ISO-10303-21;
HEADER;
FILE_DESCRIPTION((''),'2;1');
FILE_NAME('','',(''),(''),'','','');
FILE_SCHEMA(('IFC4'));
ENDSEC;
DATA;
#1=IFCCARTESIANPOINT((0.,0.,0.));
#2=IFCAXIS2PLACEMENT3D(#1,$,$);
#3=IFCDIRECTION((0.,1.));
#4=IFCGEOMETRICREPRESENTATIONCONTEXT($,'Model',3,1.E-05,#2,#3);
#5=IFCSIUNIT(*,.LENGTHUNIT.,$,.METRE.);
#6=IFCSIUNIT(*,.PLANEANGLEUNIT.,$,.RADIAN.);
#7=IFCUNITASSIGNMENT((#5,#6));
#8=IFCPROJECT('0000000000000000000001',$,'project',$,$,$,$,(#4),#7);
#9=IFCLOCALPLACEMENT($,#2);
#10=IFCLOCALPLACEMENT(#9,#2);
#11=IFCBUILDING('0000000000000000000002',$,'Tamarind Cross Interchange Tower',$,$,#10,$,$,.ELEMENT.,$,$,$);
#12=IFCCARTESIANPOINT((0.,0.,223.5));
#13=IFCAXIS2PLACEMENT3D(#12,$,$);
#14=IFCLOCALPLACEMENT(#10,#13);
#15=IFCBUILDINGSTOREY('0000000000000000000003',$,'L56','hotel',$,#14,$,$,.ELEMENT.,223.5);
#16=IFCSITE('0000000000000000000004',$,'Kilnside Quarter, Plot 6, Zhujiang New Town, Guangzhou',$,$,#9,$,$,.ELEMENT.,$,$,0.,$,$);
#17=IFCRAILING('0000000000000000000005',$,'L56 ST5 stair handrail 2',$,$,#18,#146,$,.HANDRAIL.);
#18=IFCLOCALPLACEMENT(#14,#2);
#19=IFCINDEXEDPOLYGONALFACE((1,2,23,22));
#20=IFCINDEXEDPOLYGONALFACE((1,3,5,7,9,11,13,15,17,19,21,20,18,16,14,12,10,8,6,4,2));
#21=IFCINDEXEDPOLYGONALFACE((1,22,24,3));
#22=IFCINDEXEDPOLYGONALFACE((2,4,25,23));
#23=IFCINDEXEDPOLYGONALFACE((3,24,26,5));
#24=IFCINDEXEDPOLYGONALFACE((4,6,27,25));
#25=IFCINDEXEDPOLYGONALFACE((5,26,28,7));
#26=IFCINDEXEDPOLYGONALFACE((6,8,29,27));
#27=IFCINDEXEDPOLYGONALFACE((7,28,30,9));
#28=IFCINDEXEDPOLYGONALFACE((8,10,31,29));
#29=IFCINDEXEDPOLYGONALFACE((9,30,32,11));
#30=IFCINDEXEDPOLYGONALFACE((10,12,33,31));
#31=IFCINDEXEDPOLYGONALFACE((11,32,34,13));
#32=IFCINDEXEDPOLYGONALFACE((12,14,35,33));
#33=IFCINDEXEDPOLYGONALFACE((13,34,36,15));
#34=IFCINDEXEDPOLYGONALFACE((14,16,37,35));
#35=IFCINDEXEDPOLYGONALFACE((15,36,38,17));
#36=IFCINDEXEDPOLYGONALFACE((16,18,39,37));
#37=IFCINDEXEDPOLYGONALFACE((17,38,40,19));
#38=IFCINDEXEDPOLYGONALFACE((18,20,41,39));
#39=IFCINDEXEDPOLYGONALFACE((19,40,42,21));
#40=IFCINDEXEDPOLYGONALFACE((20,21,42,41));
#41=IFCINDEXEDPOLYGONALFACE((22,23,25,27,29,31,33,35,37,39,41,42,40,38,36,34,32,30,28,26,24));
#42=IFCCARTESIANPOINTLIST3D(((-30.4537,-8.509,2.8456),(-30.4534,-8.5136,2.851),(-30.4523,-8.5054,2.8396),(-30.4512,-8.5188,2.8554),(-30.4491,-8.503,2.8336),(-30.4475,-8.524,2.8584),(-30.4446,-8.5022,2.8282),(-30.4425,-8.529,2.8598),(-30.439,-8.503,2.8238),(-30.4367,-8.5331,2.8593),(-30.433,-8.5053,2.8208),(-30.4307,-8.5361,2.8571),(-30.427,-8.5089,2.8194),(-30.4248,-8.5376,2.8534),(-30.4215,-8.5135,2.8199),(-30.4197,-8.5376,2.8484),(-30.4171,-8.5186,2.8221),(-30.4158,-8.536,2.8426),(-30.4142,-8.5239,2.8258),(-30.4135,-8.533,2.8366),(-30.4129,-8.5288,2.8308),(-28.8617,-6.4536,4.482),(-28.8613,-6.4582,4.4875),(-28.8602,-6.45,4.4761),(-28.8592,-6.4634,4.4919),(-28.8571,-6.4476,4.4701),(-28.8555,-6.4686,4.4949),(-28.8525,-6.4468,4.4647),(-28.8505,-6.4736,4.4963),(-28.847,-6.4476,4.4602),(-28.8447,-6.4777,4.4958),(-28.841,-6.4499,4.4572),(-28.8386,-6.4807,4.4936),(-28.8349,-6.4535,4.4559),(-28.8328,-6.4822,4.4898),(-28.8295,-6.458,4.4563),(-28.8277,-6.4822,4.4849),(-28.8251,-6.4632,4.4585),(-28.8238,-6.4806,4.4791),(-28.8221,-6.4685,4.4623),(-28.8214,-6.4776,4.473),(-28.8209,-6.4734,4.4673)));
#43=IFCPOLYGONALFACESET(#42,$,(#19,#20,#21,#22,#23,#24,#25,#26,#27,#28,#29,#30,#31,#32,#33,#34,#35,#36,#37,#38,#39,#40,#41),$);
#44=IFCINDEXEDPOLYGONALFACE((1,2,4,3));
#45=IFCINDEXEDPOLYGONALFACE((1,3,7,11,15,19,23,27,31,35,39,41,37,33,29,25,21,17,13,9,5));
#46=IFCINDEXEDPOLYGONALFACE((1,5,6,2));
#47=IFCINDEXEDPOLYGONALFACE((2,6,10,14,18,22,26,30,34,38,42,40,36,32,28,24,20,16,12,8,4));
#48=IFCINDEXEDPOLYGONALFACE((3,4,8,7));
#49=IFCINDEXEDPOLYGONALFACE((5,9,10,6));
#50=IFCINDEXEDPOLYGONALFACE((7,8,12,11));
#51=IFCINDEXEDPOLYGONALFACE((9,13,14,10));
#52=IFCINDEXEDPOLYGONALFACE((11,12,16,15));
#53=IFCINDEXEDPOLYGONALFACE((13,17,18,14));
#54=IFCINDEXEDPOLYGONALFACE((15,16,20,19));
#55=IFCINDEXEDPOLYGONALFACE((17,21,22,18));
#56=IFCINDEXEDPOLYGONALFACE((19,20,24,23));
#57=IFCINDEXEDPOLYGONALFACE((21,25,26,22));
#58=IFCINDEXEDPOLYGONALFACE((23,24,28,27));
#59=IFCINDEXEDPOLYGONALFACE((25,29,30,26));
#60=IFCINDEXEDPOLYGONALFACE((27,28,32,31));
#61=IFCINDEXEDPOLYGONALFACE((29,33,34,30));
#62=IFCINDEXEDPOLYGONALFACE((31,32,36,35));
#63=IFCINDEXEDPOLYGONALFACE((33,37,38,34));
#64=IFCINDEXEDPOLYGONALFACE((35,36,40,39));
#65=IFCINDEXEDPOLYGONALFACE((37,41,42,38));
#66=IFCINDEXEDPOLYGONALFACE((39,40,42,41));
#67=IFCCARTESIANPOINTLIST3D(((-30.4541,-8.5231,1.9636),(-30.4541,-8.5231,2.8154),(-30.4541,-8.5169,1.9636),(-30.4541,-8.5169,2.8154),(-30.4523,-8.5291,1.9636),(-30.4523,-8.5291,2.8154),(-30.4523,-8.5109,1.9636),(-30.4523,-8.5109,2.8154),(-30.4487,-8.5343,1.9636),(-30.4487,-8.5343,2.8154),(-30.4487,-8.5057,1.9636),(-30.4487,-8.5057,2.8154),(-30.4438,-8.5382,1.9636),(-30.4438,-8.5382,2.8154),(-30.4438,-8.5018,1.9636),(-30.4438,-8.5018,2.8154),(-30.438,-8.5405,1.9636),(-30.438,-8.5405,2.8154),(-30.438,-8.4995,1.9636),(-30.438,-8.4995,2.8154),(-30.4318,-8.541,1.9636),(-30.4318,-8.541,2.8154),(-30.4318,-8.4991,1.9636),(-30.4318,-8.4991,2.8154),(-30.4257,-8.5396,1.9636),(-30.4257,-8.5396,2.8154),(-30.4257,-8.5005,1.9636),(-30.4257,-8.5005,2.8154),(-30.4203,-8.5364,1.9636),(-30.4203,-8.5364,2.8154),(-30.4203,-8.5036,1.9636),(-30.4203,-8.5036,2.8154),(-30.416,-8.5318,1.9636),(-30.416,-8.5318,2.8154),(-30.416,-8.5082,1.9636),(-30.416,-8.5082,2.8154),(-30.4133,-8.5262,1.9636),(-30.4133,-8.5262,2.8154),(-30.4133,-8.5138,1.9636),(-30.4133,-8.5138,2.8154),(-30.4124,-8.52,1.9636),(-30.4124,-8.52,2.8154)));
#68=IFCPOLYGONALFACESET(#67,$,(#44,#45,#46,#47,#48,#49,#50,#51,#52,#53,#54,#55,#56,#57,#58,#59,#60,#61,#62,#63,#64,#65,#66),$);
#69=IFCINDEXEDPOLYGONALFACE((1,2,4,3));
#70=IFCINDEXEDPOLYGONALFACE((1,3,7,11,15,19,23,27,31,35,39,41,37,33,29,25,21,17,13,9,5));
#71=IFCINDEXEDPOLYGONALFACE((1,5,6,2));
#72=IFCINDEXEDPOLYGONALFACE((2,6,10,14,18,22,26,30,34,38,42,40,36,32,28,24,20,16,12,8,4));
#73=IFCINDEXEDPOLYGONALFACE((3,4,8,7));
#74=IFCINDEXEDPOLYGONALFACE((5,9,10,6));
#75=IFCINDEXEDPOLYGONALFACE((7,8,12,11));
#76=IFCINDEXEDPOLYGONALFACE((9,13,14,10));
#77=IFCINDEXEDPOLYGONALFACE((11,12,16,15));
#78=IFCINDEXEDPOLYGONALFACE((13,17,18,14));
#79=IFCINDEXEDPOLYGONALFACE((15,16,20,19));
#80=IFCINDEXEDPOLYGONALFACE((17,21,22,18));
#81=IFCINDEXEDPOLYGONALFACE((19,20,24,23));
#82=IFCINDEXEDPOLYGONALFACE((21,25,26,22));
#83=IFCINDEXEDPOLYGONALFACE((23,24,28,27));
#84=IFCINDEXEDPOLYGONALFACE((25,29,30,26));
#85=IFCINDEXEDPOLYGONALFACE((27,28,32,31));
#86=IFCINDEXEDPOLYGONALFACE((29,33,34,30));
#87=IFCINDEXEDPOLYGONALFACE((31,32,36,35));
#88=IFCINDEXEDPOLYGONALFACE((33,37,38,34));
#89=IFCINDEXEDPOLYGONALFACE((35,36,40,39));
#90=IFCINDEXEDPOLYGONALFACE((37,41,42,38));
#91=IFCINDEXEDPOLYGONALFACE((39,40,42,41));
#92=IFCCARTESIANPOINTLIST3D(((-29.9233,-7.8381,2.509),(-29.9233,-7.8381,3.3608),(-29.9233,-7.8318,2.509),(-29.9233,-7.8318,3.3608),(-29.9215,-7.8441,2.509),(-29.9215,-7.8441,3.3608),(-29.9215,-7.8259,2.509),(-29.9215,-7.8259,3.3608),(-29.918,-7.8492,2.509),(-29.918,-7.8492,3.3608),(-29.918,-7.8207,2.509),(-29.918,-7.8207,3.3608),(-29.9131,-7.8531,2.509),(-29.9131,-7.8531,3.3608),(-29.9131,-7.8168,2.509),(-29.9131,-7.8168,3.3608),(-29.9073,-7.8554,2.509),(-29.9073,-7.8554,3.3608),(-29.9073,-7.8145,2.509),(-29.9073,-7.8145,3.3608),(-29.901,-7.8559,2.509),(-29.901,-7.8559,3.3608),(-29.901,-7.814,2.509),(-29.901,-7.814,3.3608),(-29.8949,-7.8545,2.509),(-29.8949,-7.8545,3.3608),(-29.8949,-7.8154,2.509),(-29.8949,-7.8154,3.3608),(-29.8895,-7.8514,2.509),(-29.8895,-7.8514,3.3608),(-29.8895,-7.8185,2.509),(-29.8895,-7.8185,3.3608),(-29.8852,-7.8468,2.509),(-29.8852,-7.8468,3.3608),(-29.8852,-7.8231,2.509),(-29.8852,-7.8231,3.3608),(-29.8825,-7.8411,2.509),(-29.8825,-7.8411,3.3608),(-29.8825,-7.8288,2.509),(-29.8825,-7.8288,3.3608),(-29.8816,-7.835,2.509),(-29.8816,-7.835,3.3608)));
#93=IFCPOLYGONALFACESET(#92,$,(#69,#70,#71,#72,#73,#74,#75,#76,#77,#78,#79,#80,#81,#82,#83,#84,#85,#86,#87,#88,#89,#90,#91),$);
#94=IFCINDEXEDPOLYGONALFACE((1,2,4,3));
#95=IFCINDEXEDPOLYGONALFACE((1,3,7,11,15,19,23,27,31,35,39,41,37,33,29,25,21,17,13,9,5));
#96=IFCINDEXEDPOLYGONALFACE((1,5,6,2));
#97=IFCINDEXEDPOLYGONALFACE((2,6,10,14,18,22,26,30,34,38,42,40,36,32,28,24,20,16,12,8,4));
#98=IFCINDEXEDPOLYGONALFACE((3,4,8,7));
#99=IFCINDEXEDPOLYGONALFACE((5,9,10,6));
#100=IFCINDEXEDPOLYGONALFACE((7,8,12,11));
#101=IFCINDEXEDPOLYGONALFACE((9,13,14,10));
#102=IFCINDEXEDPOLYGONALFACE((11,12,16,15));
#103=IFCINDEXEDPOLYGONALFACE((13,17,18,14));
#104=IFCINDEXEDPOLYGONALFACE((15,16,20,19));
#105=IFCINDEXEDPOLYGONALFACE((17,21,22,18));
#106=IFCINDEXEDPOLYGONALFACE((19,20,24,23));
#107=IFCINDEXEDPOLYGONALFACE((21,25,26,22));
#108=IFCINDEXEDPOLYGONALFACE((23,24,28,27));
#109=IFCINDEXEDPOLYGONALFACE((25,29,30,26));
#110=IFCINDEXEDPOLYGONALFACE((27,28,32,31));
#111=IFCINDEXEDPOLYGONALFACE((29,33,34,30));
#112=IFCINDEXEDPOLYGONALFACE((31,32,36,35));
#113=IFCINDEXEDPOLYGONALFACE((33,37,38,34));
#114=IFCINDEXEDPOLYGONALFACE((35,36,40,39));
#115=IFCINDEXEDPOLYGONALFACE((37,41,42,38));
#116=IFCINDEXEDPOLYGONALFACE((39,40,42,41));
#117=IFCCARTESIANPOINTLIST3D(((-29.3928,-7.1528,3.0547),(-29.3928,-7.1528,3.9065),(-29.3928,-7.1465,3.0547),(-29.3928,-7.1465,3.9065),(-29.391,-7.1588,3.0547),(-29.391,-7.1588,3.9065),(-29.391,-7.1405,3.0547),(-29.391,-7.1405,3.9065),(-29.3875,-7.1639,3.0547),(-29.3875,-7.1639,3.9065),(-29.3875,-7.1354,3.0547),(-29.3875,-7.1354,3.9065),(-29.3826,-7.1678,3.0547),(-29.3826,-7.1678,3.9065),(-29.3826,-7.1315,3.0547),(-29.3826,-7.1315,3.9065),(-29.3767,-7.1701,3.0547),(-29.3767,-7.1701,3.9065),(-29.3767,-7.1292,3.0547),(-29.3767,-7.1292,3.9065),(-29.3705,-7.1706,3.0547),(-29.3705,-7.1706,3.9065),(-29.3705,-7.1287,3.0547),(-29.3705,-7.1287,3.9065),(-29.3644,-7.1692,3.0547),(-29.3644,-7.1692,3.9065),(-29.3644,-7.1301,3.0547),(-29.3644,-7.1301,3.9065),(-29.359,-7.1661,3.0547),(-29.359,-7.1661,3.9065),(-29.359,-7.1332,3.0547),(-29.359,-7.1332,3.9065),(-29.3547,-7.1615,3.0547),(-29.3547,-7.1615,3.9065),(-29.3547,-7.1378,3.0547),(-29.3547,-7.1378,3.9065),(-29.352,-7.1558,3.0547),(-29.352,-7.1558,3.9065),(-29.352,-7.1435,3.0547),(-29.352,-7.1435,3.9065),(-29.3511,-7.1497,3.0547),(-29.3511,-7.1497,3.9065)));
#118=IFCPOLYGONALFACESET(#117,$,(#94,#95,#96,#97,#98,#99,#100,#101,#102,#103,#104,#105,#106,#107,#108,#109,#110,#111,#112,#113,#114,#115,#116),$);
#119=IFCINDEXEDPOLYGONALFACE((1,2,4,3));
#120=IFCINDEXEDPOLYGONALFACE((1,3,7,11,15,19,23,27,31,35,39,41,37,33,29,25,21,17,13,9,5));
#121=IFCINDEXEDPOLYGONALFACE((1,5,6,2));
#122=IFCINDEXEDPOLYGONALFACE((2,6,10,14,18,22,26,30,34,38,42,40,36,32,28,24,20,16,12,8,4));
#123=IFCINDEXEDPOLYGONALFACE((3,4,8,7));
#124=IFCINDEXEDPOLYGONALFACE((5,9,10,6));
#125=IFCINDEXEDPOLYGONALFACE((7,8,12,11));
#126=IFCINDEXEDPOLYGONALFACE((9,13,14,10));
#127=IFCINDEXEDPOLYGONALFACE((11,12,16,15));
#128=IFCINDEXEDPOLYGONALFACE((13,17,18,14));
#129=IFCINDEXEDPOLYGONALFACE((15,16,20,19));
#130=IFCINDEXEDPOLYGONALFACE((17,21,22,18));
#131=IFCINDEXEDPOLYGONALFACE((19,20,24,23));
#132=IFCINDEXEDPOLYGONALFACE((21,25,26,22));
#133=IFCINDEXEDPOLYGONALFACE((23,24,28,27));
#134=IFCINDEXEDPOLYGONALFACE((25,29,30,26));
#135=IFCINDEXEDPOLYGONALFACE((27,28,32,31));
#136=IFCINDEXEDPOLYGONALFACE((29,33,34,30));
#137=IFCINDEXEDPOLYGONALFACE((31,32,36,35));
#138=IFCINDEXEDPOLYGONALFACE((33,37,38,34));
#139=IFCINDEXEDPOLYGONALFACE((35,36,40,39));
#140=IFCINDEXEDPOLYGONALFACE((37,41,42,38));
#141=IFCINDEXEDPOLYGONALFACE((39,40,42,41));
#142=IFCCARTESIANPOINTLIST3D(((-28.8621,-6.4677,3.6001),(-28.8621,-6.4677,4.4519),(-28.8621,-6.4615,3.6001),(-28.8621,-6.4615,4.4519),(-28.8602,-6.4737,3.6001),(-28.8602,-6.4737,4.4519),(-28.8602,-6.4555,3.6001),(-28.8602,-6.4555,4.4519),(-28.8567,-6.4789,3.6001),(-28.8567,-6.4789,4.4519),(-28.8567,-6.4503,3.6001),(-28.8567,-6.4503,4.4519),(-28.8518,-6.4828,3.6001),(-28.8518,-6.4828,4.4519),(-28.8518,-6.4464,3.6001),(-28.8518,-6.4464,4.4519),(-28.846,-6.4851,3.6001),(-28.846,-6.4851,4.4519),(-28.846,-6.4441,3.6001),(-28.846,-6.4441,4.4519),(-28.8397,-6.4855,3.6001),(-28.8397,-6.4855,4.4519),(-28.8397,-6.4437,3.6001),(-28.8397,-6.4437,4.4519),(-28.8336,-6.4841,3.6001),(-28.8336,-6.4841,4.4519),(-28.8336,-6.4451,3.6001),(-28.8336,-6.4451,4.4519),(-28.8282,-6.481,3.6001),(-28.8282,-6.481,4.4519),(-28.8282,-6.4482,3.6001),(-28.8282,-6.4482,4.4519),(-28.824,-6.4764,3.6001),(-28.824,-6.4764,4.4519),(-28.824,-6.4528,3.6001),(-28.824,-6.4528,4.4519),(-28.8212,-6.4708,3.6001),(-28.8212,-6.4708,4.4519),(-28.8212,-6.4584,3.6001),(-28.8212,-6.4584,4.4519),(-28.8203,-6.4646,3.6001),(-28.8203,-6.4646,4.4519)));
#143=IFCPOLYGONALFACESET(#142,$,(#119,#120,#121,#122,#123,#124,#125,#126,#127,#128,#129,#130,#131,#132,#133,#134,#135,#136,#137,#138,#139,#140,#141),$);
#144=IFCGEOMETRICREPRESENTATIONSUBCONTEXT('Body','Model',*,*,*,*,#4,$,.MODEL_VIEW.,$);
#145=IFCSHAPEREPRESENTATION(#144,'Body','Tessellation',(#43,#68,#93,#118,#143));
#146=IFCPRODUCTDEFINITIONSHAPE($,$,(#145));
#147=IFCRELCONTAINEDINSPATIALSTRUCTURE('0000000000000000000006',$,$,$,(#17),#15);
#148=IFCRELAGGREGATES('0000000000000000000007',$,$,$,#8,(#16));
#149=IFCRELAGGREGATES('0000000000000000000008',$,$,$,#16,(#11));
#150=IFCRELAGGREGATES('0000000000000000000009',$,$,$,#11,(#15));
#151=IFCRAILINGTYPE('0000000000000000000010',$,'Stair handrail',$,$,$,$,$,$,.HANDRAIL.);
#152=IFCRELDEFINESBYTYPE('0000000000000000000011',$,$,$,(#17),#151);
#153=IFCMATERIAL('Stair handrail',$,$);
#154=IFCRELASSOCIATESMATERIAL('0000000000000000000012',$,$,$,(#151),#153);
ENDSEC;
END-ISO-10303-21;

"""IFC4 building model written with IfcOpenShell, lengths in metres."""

from ifc_helpers import new_model, si_unit, direction, frame, origin, origin_2d, place, context, subcontext, project, spatial, circle, extrude, material, type_object, element, save


model = new_model("IFC4")

# Units and contexts
model_context = context("Model", 3, precision=1e-05, world=origin(), true_north=direction((0.0, 1.0)))
body_context = subcontext(model_context, "Body", "Model", "MODEL_VIEW")
ifc_project = project(units=[si_unit("LENGTHUNIT", "METRE"), si_unit("PLANEANGLEUNIT", "RADIAN")], contexts=[model_context])

# Site, building, storey
site_placement = place(None, origin())
site = spatial("IfcSite", under=ifc_project, at=site_placement, Name="Kilnside Quarter, Plot 6, Zhujiang New Town, Guangzhou", CompositionType="ELEMENT", RefElevation=0.0)
building_placement = place(site_placement, origin())
building = spatial("IfcBuilding", under=site, at=building_placement, Name="Tamarind Cross Interchange Tower", CompositionType="ELEMENT")
storey_placement = place(building_placement, frame((0.0, 0.0, 223.5)))
storey = spatial("IfcBuildingStorey", under=building, at=storey_placement, Name="L56", Description="hotel", CompositionType="ELEMENT", Elevation=223.5)

# Railing
ifc_material_1 = material(Name="Stair handrail")
railing_type_1 = type_object("IfcRailingType", Name="Stair handrail", PredefinedType="HANDRAIL", material=ifc_material_1)
railing_1_placement = place(storey_placement, frame((-30.4333, -8.52, 1.9636)))
element("IfcRailing", 1, at=railing_1_placement, inside=storey, type_object=railing_type_1, Name="L56 ST5 stair handrail 2", PredefinedType="HANDRAIL", context=body_context, shape_type="SweptSolid", body=[
    extrude(circle(Radius=0.0239, at=origin_2d()), frame((0.0, 0.0, 0.876), z_axis=(0.518237, 0.669075, 0.532701), x_axis=(-0.790584, 0.612353, 0.0)), (0.0, 0.0, 1.0), 3.072),
    extrude(circle(Radius=0.021, at=origin_2d()), origin(), (0.0, 0.0, 1.0), 0.8518),
    extrude(circle(Radius=0.021, at=origin_2d()), frame((0.5308, 0.6851, 0.5454)), (0.0, 0.0, 1.0), 0.8518),
    extrude(circle(Radius=0.021, at=origin_2d()), frame((1.0613, 1.3704, 1.0911)), (0.0, 0.0, 1.0), 0.8518),
    extrude(circle(Radius=0.021, at=origin_2d()), frame((1.592, 2.0554, 1.6365)), (0.0, 0.0, 1.0), 0.8518),
])

save(model, "model.ifc")
